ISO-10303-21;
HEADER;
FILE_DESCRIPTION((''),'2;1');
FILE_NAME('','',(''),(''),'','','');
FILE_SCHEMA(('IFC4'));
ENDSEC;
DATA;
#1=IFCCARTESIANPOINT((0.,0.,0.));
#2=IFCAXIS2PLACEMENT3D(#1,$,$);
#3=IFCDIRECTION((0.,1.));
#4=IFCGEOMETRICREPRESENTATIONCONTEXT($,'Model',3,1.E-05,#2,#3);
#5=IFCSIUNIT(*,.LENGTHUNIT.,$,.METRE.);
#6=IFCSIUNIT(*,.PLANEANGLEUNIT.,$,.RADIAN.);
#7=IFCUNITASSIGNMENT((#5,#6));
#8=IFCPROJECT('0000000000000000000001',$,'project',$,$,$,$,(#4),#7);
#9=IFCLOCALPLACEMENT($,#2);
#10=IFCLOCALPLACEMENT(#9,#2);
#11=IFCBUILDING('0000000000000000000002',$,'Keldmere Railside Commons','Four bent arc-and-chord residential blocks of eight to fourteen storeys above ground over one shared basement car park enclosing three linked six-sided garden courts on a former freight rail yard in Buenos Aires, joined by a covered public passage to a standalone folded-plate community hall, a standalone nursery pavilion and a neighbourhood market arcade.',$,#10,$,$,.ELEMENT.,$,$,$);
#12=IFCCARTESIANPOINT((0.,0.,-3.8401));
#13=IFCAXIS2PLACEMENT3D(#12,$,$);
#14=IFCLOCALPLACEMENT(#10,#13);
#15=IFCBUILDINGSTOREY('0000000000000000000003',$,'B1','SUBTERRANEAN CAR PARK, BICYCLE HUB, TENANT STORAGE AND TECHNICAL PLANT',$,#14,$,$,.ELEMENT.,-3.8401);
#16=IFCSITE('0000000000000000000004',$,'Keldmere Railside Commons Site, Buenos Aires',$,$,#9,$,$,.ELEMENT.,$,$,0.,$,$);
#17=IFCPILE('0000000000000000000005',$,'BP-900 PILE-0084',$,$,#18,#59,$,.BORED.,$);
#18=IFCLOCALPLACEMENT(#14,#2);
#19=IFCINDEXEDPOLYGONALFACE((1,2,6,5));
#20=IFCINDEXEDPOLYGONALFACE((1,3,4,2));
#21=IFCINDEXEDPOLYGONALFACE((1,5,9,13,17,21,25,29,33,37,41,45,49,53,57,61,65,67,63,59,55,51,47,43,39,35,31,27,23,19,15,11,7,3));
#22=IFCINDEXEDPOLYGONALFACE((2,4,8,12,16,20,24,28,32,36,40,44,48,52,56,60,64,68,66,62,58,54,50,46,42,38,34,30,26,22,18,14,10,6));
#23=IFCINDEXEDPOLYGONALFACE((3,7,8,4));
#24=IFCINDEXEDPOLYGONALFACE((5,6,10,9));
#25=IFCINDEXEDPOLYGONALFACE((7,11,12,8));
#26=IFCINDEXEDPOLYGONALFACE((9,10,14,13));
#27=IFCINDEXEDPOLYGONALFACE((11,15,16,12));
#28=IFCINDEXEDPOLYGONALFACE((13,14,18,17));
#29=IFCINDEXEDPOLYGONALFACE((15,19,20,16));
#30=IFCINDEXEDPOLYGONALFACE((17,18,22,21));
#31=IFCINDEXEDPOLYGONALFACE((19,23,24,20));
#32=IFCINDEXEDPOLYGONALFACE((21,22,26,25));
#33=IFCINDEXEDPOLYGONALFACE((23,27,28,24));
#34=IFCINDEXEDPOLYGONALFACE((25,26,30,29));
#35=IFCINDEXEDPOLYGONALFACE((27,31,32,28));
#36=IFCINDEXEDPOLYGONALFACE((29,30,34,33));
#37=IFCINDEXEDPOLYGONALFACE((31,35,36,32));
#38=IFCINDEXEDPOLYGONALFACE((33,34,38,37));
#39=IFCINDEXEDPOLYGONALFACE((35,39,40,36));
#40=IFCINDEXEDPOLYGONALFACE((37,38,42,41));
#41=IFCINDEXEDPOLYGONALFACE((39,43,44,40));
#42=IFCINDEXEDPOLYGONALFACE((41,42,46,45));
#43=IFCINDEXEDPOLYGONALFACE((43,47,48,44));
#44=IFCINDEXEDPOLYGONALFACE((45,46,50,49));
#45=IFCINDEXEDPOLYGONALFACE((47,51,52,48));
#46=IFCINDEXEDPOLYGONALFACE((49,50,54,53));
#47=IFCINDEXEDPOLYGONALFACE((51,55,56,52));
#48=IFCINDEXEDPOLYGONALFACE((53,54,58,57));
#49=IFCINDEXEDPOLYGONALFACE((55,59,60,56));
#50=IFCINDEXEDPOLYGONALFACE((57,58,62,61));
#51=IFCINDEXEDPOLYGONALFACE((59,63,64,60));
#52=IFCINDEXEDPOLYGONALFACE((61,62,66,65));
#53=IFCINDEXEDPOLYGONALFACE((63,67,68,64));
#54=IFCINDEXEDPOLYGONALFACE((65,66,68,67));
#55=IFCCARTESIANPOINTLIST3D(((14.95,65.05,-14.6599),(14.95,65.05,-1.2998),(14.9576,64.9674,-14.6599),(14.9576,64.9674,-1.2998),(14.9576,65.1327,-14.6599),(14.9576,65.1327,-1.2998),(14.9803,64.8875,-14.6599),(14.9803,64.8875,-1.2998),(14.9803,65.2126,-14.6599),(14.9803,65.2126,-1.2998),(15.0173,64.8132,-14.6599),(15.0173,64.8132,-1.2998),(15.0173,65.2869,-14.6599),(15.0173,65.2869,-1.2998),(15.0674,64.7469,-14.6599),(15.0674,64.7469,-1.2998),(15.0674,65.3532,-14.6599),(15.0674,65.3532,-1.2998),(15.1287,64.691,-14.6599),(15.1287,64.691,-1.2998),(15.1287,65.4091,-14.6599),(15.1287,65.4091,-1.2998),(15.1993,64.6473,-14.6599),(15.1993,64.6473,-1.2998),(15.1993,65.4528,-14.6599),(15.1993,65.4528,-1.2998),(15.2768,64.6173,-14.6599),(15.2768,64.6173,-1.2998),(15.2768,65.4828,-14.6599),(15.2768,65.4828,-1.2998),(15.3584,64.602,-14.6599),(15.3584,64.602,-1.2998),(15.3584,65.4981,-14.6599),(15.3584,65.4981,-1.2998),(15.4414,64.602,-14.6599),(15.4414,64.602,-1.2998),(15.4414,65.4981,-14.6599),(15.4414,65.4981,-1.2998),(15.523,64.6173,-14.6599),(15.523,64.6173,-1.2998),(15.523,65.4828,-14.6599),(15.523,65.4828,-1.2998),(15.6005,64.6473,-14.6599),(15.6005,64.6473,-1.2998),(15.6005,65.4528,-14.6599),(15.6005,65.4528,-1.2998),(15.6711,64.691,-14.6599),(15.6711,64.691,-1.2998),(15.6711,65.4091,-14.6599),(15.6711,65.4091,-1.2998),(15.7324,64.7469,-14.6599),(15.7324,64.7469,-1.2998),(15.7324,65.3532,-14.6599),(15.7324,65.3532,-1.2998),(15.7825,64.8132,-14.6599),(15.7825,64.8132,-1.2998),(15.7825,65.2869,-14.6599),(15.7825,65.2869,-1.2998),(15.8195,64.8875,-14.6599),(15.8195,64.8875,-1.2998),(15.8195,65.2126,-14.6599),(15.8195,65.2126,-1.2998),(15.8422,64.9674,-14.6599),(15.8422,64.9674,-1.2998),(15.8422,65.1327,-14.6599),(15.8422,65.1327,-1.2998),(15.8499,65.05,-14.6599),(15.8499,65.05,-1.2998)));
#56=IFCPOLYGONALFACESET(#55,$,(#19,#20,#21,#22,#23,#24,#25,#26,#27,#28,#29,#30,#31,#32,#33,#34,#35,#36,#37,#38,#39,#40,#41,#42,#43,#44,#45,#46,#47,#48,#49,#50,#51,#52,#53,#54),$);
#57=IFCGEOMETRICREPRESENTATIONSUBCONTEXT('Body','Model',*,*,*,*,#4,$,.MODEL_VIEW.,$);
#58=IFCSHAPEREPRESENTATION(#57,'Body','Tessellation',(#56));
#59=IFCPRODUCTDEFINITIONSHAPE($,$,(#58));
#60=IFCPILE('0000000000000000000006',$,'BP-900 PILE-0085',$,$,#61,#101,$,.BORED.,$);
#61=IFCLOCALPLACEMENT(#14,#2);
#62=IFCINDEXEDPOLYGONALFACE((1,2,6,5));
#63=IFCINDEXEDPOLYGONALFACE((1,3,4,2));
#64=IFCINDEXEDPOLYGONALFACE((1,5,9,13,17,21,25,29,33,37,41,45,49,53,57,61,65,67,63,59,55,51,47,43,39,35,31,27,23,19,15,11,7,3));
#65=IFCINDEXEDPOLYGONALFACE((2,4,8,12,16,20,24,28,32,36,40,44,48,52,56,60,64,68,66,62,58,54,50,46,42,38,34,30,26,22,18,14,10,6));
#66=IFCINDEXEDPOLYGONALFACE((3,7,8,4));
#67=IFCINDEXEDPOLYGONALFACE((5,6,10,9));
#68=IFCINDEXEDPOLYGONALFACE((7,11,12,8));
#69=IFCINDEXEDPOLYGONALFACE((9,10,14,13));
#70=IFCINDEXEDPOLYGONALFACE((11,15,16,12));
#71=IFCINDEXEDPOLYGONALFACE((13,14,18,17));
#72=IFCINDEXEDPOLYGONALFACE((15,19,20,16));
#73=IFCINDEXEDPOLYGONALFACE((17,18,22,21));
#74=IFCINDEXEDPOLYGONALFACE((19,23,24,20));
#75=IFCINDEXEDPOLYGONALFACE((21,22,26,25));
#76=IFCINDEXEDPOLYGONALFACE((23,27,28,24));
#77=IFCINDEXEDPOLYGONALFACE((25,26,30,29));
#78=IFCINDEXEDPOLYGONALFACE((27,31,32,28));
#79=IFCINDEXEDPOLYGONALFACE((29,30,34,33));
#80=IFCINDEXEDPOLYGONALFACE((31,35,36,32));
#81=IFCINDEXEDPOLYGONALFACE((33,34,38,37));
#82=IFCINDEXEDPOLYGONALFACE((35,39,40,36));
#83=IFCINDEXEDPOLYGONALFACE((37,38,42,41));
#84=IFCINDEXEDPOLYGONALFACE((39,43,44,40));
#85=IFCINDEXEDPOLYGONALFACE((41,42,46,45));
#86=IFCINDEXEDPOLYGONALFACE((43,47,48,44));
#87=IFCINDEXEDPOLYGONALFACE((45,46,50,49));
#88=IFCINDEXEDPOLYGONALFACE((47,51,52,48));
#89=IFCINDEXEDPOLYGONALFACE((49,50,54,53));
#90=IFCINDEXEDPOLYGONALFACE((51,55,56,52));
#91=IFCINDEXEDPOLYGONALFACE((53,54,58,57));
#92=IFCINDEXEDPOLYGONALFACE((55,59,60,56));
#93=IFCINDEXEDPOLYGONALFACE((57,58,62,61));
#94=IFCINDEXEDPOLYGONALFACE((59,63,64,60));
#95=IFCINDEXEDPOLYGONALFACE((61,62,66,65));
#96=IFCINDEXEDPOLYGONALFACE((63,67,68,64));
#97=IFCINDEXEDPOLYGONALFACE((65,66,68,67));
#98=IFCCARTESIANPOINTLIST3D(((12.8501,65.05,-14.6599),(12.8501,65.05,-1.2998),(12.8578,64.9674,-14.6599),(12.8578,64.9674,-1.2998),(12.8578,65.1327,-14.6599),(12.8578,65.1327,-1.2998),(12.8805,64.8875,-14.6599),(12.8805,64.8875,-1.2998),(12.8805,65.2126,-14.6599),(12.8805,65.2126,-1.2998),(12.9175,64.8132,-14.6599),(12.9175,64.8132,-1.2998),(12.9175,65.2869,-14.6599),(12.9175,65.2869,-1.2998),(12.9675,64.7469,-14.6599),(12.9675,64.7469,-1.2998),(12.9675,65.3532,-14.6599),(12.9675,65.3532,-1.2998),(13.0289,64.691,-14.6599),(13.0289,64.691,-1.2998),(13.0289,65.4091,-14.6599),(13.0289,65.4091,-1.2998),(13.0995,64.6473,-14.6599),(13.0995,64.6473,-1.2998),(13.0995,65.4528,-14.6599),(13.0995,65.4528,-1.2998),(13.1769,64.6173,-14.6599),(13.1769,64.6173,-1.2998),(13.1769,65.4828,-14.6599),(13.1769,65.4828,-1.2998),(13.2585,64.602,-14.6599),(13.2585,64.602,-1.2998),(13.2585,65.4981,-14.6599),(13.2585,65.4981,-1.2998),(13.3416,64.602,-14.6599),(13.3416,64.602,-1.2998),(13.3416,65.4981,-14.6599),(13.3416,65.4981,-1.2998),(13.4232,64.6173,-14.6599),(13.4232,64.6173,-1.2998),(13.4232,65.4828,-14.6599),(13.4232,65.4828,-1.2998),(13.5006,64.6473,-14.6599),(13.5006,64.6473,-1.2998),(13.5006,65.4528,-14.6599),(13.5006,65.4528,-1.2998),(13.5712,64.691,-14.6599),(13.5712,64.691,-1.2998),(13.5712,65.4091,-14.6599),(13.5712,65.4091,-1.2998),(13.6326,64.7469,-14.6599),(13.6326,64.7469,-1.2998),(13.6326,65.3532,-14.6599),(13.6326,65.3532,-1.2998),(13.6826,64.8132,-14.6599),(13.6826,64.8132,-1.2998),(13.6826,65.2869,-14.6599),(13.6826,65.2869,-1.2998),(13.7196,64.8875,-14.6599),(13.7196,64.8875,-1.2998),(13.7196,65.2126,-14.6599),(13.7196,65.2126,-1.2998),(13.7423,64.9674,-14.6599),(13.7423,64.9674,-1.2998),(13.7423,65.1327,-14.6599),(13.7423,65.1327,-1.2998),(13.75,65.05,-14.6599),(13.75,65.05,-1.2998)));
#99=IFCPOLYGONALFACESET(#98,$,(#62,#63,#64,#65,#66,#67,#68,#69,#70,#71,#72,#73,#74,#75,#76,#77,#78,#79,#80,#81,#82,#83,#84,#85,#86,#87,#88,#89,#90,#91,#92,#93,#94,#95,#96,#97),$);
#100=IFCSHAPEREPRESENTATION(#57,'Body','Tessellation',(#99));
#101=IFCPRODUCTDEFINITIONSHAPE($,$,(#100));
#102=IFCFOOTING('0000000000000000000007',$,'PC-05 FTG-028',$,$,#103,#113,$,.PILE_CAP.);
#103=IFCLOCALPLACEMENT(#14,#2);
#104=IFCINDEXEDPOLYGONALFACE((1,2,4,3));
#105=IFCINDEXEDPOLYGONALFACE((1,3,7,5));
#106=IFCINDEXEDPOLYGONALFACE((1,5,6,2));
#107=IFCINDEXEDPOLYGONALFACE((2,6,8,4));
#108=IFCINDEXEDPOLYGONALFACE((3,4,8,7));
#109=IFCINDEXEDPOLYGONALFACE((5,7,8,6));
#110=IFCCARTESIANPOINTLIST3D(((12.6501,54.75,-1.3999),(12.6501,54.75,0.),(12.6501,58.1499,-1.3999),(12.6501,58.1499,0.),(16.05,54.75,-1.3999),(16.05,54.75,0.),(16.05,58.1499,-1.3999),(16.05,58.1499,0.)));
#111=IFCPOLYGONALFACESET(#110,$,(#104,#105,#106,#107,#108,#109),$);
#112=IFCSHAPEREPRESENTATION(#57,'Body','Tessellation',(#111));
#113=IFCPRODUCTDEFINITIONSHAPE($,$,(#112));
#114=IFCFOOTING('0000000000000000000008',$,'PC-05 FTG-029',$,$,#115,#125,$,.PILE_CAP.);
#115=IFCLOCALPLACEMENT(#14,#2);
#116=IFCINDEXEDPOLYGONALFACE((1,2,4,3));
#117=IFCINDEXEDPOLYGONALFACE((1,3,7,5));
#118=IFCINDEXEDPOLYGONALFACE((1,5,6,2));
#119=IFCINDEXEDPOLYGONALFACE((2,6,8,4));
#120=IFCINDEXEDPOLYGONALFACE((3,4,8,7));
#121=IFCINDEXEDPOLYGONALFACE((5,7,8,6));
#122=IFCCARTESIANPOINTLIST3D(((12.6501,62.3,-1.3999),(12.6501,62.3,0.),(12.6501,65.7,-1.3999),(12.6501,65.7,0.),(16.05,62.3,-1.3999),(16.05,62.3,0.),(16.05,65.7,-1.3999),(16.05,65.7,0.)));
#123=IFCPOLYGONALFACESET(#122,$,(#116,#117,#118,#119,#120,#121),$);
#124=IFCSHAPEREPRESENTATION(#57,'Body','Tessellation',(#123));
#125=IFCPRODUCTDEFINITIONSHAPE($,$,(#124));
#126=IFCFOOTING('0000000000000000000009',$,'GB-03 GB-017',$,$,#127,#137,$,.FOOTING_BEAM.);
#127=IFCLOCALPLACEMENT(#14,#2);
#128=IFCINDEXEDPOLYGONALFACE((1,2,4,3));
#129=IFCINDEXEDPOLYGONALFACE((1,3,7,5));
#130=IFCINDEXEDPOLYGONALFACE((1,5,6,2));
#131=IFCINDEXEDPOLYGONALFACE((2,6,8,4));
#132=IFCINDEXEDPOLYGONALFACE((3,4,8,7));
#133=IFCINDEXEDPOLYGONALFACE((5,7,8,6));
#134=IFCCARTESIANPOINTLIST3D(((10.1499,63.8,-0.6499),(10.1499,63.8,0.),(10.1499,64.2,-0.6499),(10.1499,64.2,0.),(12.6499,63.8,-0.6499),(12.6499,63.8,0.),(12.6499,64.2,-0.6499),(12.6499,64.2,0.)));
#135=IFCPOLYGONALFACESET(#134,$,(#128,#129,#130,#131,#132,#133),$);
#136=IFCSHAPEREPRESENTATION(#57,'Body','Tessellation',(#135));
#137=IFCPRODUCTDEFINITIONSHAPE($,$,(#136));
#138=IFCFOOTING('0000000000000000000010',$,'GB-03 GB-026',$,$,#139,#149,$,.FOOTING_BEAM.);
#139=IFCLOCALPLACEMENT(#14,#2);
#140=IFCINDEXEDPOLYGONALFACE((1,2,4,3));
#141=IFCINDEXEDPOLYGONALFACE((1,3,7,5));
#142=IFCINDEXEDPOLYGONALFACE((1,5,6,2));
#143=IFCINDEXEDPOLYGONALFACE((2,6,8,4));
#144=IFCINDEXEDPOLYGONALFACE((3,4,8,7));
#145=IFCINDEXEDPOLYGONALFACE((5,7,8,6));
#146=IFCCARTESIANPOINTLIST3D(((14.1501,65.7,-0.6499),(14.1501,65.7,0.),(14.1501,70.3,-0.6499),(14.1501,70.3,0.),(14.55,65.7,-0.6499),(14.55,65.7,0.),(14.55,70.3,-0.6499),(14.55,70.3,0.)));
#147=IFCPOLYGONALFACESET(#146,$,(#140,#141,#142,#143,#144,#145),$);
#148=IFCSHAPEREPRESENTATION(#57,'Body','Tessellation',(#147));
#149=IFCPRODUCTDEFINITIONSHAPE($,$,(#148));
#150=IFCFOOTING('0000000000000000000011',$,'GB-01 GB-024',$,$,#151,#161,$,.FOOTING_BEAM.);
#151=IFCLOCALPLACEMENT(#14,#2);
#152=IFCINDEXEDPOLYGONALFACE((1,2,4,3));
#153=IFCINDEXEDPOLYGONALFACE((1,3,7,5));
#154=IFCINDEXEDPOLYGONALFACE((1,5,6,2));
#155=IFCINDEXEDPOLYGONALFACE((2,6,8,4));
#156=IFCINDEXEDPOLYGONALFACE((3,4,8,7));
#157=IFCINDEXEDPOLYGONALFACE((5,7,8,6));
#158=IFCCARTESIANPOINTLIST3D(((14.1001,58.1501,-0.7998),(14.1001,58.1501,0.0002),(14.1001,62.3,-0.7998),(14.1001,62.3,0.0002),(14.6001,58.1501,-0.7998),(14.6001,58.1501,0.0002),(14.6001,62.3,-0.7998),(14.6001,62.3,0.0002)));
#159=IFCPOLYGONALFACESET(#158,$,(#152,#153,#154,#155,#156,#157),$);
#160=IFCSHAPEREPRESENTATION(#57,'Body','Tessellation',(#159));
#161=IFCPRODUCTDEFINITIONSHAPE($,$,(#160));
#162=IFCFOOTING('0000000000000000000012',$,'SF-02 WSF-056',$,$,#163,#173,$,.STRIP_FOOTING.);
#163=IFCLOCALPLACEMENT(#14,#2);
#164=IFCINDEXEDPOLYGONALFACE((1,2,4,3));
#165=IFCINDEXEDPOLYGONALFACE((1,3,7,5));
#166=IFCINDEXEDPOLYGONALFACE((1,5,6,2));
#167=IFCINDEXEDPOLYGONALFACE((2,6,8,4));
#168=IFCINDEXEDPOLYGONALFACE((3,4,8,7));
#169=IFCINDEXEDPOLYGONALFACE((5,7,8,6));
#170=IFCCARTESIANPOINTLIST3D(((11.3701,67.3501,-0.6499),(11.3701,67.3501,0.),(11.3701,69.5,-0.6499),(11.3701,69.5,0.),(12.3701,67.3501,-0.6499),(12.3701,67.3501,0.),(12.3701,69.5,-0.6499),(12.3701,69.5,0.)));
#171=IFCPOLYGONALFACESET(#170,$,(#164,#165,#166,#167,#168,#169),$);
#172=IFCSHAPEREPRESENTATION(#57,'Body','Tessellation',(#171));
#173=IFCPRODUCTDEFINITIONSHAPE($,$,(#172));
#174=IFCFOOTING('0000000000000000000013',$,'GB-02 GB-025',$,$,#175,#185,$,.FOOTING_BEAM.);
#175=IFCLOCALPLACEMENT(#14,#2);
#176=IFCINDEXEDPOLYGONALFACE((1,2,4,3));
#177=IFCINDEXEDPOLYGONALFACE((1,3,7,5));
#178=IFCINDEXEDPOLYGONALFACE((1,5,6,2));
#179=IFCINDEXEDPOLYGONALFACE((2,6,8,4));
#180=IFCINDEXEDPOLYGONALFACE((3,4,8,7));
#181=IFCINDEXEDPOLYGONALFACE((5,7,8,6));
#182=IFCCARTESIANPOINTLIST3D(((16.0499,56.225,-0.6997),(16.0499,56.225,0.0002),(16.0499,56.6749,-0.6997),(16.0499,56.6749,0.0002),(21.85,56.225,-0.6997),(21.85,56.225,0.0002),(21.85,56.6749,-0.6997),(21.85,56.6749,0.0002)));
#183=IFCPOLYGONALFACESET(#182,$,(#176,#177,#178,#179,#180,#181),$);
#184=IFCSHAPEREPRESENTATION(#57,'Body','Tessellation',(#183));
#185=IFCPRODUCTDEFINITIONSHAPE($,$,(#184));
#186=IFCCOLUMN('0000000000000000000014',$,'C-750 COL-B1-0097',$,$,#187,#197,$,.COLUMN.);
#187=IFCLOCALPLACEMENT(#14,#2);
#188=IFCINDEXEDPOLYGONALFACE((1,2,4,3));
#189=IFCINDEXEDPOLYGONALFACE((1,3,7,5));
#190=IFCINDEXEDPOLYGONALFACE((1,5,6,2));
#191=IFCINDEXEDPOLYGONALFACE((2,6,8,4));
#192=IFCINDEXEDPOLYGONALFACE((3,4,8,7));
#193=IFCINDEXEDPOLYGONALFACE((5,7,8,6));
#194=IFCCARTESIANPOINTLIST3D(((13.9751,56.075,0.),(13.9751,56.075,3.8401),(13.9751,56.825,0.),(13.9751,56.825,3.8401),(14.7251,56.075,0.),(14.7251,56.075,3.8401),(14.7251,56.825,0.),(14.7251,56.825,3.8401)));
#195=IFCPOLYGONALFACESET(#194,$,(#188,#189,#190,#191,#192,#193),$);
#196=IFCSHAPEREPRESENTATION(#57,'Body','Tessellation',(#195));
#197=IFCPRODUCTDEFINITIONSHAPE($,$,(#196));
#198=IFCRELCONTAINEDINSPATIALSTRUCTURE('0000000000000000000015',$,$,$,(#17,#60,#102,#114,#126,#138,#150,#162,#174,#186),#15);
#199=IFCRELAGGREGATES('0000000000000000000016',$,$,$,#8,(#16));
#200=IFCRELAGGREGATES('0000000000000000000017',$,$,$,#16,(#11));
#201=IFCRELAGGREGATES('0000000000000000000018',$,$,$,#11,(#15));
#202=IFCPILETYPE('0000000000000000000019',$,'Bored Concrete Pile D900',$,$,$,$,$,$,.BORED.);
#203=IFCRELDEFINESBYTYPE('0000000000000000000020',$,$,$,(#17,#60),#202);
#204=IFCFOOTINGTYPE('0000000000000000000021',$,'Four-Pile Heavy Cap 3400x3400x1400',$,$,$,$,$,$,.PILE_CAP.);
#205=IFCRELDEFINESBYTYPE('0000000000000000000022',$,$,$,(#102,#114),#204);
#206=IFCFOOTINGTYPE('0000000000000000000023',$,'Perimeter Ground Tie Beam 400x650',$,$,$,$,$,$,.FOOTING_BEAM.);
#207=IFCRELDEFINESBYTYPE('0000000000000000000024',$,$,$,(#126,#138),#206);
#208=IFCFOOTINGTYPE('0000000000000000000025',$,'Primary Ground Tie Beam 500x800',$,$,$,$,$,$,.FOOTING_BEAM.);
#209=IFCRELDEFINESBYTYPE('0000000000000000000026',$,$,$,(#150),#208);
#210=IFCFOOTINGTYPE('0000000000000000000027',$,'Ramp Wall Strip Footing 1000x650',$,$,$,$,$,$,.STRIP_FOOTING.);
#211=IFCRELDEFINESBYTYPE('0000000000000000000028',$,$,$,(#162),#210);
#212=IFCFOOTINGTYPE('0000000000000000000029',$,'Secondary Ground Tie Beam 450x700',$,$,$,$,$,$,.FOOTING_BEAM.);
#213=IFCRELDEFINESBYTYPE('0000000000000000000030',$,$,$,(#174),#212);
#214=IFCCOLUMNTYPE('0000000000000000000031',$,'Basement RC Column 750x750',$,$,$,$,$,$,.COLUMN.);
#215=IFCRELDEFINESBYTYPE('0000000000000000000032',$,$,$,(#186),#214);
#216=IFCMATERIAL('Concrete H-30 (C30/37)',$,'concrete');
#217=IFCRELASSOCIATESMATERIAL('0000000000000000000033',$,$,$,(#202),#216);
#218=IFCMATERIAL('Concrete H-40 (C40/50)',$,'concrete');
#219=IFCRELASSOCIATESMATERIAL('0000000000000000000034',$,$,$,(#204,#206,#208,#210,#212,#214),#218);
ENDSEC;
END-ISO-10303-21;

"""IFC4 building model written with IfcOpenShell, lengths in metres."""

from ifc_helpers import new_model, si_unit, direction, frame, origin, origin_2d, place, context, subcontext, project, spatial, rectangle, circle, extrude, material, material_profile, profile_set, type_object, element, save


model = new_model("IFC4")

# Units and contexts
model_context = context("Model", 3, precision=1e-05, world=origin(), true_north=direction((0.0, 1.0)))
body_context = subcontext(model_context, "Body", "Model", "MODEL_VIEW")
ifc_project = project(units=[si_unit("LENGTHUNIT", "METRE"), si_unit("PLANEANGLEUNIT", "RADIAN")], contexts=[model_context])

# Site, building, storey
site_placement = place(None, origin())
site = spatial("IfcSite", under=ifc_project, at=site_placement, Name="Keldmere Railside Commons Site, Buenos Aires", CompositionType="ELEMENT", RefElevation=0.0)
building_placement = place(site_placement, origin())
building = spatial("IfcBuilding", under=site, at=building_placement, Name="Keldmere Railside Commons", Description="Four bent arc-and-chord residential blocks of eight to fourteen storeys above ground over one shared basement car park enclosing three linked six-sided garden courts on a former freight rail yard in Buenos Aires, joined by a covered public passage to a standalone folded-plate community hall, a standalone nursery pavilion and a neighbourhood market arcade.", CompositionType="ELEMENT")
storey_placement = place(building_placement, frame((0.0, 0.0, -3.8401)))
storey = spatial("IfcBuildingStorey", under=building, at=storey_placement, Name="B1", Description="SUBTERRANEAN CAR PARK, BICYCLE HUB, TENANT STORAGE AND TECHNICAL PLANT", CompositionType="ELEMENT", Elevation=-3.8401)

# Piles
ifc_material_1 = material(Name="Concrete H-30 (C30/37)", Category="concrete")
ifc_material_profile_1 = material_profile(ifc_material_1, circle(Radius=0.45, at=origin_2d()), Name="PILE-D900")
ifc_profile_set_1 = profile_set([ifc_material_profile_1], Name="Concrete H-30 (C30/37)")
pile_type = type_object("IfcPileType", Name="Bored Concrete Pile D900", PredefinedType="BORED", material=ifc_profile_set_1)
for number, where, z_axis, x_axis, name in (
    (1, (15.3999, 65.05, -1.2998), (0.0, 0.0, -1.0), (1.0, 0.0, 0.0), "BP-900 PILE-0084"),
    (2, (13.3, 65.05, -1.2998), (0.0, 0.0, -1.0), (1.0, 0.0, 0.0), "BP-900 PILE-0085"),
):
    element("IfcPile", number, at=place(storey_placement, frame(where, z_axis=z_axis, x_axis=x_axis)), inside=storey, type_object=pile_type, Name=name, PredefinedType="BORED", context=body_context, shape_type="SweptSolid", body=[
        extrude(circle(Radius=0.45, at=origin_2d()), origin(), (0.0, 0.0, 1.0), 13.3601),
    ])

# Footings
ifc_material_2 = material(Name="Concrete H-40 (C40/50)", Category="concrete")
footing_type_1 = type_object("IfcFootingType", Name="Four-Pile Heavy Cap 3400x3400x1400", PredefinedType="PILE_CAP", material=ifc_material_2)
for number, where, z_axis, x_axis, name in (
    (3, (14.3501, 56.45, -1.3999), (0.0, 0.0, 1.0), (1.0, 0.0, 0.0), "PC-05 FTG-028"),
    (4, (14.3501, 64.0, -1.3999), (0.0, 0.0, 1.0), (1.0, 0.0, 0.0), "PC-05 FTG-029"),
):
    element("IfcFooting", number, at=place(storey_placement, frame(where, z_axis=z_axis, x_axis=x_axis)), inside=storey, type_object=footing_type_1, Name=name, PredefinedType="PILE_CAP", context=body_context, shape_type="SweptSolid", body=[
        extrude(rectangle(XDim=3.3999, YDim=3.3999, at=origin_2d()), origin(), (0.0, 0.0, 1.0), 1.3999),
    ])
footing_type_2 = type_object("IfcFootingType", Name="Perimeter Ground Tie Beam 400x650", PredefinedType="FOOTING_BEAM", material=ifc_material_2)
footing_1_placement = place(storey_placement, frame((11.3999, 64.0, -0.6499), z_axis=(0.0, 0.0, 1.0), x_axis=(1.0, 0.0, 0.0)))
element("IfcFooting", 5, at=footing_1_placement, inside=storey, type_object=footing_type_2, Name="GB-03 GB-017", PredefinedType="FOOTING_BEAM", context=body_context, shape_type="SweptSolid", body=[
    extrude(rectangle(XDim=2.5, YDim=0.3999, at=origin_2d()), origin(), (0.0, 0.0, 1.0), 0.6499),
])
footing_2_placement = place(storey_placement, frame((14.3501, 68.0, -0.6499), z_axis=(0.0, 0.0, 1.0), x_axis=(0.0, 1.0, 0.0)))
element("IfcFooting", 6, at=footing_2_placement, inside=storey, type_object=footing_type_2, Name="GB-03 GB-026", PredefinedType="FOOTING_BEAM", context=body_context, shape_type="SweptSolid", body=[
    extrude(rectangle(XDim=4.6001, YDim=0.3999, at=origin_2d()), origin(), (0.0, 0.0, 1.0), 0.6499),
])
footing_type_3 = type_object("IfcFootingType", Name="Primary Ground Tie Beam 500x800", PredefinedType="FOOTING_BEAM", material=ifc_material_2)
footing_3_placement = place(storey_placement, frame((14.3501, 60.2251, -0.7998), z_axis=(0.0, 0.0, 1.0), x_axis=(0.0, 1.0, 0.0)))
element("IfcFooting", 7, at=footing_3_placement, inside=storey, type_object=footing_type_3, Name="GB-01 GB-024", PredefinedType="FOOTING_BEAM", context=body_context, shape_type="SweptSolid", body=[
    extrude(rectangle(XDim=4.1499, YDim=0.5, at=origin_2d()), origin(), (0.0, 0.0, 1.0), 0.8),
])
footing_type_4 = type_object("IfcFootingType", Name="Ramp Wall Strip Footing 1000x650", PredefinedType="STRIP_FOOTING", material=ifc_material_2)
footing_4_placement = place(storey_placement, frame((11.8701, 68.425, -0.6499), z_axis=(0.0, 0.0, 1.0), x_axis=(0.0, 1.0, 0.0)))
element("IfcFooting", 8, at=footing_4_placement, inside=storey, type_object=footing_type_4, Name="SF-02 WSF-056", PredefinedType="STRIP_FOOTING", context=body_context, shape_type="SweptSolid", body=[
    extrude(rectangle(XDim=2.1499, YDim=1.0, at=origin_2d()), origin(), (0.0, 0.0, 1.0), 0.6499),
])
footing_type_5 = type_object("IfcFootingType", Name="Secondary Ground Tie Beam 450x700", PredefinedType="FOOTING_BEAM", material=ifc_material_2)
footing_5_placement = place(storey_placement, frame((18.95, 56.45, -0.6997), z_axis=(0.0, 0.0, 1.0), x_axis=(1.0, 0.0, 0.0)))
element("IfcFooting", 9, at=footing_5_placement, inside=storey, type_object=footing_type_5, Name="GB-02 GB-025", PredefinedType="FOOTING_BEAM", context=body_context, shape_type="SweptSolid", body=[
    extrude(rectangle(XDim=5.8, YDim=0.45, at=origin_2d()), origin(), (0.0, 0.0, 1.0), 0.7),
])

# Column
ifc_material_profile_2 = material_profile(ifc_material_2, rectangle(XDim=0.75, YDim=0.75, at=origin_2d()), Name="RC-750x750")
ifc_profile_set_2 = profile_set([ifc_material_profile_2], Name="Concrete H-40 (C40/50)")
column_type = type_object("IfcColumnType", Name="Basement RC Column 750x750", PredefinedType="COLUMN", material=ifc_profile_set_2)
for number, where, z_axis, x_axis, name in (
    (10, (14.3501, 56.45, 0.0), (0.0, 0.0, 1.0), (1.0, 0.0, 0.0), "C-750 COL-B1-0097"),
):
    element("IfcColumn", number, at=place(storey_placement, frame(where, z_axis=z_axis, x_axis=x_axis)), inside=storey, type_object=column_type, Name=name, PredefinedType="COLUMN", context=body_context, shape_type="SweptSolid", body=[
        extrude(rectangle(XDim=0.75, YDim=0.75, at=origin_2d()), origin(), (0.0, 0.0, 1.0), 3.8401),
    ])

save(model, "model.ifc")
